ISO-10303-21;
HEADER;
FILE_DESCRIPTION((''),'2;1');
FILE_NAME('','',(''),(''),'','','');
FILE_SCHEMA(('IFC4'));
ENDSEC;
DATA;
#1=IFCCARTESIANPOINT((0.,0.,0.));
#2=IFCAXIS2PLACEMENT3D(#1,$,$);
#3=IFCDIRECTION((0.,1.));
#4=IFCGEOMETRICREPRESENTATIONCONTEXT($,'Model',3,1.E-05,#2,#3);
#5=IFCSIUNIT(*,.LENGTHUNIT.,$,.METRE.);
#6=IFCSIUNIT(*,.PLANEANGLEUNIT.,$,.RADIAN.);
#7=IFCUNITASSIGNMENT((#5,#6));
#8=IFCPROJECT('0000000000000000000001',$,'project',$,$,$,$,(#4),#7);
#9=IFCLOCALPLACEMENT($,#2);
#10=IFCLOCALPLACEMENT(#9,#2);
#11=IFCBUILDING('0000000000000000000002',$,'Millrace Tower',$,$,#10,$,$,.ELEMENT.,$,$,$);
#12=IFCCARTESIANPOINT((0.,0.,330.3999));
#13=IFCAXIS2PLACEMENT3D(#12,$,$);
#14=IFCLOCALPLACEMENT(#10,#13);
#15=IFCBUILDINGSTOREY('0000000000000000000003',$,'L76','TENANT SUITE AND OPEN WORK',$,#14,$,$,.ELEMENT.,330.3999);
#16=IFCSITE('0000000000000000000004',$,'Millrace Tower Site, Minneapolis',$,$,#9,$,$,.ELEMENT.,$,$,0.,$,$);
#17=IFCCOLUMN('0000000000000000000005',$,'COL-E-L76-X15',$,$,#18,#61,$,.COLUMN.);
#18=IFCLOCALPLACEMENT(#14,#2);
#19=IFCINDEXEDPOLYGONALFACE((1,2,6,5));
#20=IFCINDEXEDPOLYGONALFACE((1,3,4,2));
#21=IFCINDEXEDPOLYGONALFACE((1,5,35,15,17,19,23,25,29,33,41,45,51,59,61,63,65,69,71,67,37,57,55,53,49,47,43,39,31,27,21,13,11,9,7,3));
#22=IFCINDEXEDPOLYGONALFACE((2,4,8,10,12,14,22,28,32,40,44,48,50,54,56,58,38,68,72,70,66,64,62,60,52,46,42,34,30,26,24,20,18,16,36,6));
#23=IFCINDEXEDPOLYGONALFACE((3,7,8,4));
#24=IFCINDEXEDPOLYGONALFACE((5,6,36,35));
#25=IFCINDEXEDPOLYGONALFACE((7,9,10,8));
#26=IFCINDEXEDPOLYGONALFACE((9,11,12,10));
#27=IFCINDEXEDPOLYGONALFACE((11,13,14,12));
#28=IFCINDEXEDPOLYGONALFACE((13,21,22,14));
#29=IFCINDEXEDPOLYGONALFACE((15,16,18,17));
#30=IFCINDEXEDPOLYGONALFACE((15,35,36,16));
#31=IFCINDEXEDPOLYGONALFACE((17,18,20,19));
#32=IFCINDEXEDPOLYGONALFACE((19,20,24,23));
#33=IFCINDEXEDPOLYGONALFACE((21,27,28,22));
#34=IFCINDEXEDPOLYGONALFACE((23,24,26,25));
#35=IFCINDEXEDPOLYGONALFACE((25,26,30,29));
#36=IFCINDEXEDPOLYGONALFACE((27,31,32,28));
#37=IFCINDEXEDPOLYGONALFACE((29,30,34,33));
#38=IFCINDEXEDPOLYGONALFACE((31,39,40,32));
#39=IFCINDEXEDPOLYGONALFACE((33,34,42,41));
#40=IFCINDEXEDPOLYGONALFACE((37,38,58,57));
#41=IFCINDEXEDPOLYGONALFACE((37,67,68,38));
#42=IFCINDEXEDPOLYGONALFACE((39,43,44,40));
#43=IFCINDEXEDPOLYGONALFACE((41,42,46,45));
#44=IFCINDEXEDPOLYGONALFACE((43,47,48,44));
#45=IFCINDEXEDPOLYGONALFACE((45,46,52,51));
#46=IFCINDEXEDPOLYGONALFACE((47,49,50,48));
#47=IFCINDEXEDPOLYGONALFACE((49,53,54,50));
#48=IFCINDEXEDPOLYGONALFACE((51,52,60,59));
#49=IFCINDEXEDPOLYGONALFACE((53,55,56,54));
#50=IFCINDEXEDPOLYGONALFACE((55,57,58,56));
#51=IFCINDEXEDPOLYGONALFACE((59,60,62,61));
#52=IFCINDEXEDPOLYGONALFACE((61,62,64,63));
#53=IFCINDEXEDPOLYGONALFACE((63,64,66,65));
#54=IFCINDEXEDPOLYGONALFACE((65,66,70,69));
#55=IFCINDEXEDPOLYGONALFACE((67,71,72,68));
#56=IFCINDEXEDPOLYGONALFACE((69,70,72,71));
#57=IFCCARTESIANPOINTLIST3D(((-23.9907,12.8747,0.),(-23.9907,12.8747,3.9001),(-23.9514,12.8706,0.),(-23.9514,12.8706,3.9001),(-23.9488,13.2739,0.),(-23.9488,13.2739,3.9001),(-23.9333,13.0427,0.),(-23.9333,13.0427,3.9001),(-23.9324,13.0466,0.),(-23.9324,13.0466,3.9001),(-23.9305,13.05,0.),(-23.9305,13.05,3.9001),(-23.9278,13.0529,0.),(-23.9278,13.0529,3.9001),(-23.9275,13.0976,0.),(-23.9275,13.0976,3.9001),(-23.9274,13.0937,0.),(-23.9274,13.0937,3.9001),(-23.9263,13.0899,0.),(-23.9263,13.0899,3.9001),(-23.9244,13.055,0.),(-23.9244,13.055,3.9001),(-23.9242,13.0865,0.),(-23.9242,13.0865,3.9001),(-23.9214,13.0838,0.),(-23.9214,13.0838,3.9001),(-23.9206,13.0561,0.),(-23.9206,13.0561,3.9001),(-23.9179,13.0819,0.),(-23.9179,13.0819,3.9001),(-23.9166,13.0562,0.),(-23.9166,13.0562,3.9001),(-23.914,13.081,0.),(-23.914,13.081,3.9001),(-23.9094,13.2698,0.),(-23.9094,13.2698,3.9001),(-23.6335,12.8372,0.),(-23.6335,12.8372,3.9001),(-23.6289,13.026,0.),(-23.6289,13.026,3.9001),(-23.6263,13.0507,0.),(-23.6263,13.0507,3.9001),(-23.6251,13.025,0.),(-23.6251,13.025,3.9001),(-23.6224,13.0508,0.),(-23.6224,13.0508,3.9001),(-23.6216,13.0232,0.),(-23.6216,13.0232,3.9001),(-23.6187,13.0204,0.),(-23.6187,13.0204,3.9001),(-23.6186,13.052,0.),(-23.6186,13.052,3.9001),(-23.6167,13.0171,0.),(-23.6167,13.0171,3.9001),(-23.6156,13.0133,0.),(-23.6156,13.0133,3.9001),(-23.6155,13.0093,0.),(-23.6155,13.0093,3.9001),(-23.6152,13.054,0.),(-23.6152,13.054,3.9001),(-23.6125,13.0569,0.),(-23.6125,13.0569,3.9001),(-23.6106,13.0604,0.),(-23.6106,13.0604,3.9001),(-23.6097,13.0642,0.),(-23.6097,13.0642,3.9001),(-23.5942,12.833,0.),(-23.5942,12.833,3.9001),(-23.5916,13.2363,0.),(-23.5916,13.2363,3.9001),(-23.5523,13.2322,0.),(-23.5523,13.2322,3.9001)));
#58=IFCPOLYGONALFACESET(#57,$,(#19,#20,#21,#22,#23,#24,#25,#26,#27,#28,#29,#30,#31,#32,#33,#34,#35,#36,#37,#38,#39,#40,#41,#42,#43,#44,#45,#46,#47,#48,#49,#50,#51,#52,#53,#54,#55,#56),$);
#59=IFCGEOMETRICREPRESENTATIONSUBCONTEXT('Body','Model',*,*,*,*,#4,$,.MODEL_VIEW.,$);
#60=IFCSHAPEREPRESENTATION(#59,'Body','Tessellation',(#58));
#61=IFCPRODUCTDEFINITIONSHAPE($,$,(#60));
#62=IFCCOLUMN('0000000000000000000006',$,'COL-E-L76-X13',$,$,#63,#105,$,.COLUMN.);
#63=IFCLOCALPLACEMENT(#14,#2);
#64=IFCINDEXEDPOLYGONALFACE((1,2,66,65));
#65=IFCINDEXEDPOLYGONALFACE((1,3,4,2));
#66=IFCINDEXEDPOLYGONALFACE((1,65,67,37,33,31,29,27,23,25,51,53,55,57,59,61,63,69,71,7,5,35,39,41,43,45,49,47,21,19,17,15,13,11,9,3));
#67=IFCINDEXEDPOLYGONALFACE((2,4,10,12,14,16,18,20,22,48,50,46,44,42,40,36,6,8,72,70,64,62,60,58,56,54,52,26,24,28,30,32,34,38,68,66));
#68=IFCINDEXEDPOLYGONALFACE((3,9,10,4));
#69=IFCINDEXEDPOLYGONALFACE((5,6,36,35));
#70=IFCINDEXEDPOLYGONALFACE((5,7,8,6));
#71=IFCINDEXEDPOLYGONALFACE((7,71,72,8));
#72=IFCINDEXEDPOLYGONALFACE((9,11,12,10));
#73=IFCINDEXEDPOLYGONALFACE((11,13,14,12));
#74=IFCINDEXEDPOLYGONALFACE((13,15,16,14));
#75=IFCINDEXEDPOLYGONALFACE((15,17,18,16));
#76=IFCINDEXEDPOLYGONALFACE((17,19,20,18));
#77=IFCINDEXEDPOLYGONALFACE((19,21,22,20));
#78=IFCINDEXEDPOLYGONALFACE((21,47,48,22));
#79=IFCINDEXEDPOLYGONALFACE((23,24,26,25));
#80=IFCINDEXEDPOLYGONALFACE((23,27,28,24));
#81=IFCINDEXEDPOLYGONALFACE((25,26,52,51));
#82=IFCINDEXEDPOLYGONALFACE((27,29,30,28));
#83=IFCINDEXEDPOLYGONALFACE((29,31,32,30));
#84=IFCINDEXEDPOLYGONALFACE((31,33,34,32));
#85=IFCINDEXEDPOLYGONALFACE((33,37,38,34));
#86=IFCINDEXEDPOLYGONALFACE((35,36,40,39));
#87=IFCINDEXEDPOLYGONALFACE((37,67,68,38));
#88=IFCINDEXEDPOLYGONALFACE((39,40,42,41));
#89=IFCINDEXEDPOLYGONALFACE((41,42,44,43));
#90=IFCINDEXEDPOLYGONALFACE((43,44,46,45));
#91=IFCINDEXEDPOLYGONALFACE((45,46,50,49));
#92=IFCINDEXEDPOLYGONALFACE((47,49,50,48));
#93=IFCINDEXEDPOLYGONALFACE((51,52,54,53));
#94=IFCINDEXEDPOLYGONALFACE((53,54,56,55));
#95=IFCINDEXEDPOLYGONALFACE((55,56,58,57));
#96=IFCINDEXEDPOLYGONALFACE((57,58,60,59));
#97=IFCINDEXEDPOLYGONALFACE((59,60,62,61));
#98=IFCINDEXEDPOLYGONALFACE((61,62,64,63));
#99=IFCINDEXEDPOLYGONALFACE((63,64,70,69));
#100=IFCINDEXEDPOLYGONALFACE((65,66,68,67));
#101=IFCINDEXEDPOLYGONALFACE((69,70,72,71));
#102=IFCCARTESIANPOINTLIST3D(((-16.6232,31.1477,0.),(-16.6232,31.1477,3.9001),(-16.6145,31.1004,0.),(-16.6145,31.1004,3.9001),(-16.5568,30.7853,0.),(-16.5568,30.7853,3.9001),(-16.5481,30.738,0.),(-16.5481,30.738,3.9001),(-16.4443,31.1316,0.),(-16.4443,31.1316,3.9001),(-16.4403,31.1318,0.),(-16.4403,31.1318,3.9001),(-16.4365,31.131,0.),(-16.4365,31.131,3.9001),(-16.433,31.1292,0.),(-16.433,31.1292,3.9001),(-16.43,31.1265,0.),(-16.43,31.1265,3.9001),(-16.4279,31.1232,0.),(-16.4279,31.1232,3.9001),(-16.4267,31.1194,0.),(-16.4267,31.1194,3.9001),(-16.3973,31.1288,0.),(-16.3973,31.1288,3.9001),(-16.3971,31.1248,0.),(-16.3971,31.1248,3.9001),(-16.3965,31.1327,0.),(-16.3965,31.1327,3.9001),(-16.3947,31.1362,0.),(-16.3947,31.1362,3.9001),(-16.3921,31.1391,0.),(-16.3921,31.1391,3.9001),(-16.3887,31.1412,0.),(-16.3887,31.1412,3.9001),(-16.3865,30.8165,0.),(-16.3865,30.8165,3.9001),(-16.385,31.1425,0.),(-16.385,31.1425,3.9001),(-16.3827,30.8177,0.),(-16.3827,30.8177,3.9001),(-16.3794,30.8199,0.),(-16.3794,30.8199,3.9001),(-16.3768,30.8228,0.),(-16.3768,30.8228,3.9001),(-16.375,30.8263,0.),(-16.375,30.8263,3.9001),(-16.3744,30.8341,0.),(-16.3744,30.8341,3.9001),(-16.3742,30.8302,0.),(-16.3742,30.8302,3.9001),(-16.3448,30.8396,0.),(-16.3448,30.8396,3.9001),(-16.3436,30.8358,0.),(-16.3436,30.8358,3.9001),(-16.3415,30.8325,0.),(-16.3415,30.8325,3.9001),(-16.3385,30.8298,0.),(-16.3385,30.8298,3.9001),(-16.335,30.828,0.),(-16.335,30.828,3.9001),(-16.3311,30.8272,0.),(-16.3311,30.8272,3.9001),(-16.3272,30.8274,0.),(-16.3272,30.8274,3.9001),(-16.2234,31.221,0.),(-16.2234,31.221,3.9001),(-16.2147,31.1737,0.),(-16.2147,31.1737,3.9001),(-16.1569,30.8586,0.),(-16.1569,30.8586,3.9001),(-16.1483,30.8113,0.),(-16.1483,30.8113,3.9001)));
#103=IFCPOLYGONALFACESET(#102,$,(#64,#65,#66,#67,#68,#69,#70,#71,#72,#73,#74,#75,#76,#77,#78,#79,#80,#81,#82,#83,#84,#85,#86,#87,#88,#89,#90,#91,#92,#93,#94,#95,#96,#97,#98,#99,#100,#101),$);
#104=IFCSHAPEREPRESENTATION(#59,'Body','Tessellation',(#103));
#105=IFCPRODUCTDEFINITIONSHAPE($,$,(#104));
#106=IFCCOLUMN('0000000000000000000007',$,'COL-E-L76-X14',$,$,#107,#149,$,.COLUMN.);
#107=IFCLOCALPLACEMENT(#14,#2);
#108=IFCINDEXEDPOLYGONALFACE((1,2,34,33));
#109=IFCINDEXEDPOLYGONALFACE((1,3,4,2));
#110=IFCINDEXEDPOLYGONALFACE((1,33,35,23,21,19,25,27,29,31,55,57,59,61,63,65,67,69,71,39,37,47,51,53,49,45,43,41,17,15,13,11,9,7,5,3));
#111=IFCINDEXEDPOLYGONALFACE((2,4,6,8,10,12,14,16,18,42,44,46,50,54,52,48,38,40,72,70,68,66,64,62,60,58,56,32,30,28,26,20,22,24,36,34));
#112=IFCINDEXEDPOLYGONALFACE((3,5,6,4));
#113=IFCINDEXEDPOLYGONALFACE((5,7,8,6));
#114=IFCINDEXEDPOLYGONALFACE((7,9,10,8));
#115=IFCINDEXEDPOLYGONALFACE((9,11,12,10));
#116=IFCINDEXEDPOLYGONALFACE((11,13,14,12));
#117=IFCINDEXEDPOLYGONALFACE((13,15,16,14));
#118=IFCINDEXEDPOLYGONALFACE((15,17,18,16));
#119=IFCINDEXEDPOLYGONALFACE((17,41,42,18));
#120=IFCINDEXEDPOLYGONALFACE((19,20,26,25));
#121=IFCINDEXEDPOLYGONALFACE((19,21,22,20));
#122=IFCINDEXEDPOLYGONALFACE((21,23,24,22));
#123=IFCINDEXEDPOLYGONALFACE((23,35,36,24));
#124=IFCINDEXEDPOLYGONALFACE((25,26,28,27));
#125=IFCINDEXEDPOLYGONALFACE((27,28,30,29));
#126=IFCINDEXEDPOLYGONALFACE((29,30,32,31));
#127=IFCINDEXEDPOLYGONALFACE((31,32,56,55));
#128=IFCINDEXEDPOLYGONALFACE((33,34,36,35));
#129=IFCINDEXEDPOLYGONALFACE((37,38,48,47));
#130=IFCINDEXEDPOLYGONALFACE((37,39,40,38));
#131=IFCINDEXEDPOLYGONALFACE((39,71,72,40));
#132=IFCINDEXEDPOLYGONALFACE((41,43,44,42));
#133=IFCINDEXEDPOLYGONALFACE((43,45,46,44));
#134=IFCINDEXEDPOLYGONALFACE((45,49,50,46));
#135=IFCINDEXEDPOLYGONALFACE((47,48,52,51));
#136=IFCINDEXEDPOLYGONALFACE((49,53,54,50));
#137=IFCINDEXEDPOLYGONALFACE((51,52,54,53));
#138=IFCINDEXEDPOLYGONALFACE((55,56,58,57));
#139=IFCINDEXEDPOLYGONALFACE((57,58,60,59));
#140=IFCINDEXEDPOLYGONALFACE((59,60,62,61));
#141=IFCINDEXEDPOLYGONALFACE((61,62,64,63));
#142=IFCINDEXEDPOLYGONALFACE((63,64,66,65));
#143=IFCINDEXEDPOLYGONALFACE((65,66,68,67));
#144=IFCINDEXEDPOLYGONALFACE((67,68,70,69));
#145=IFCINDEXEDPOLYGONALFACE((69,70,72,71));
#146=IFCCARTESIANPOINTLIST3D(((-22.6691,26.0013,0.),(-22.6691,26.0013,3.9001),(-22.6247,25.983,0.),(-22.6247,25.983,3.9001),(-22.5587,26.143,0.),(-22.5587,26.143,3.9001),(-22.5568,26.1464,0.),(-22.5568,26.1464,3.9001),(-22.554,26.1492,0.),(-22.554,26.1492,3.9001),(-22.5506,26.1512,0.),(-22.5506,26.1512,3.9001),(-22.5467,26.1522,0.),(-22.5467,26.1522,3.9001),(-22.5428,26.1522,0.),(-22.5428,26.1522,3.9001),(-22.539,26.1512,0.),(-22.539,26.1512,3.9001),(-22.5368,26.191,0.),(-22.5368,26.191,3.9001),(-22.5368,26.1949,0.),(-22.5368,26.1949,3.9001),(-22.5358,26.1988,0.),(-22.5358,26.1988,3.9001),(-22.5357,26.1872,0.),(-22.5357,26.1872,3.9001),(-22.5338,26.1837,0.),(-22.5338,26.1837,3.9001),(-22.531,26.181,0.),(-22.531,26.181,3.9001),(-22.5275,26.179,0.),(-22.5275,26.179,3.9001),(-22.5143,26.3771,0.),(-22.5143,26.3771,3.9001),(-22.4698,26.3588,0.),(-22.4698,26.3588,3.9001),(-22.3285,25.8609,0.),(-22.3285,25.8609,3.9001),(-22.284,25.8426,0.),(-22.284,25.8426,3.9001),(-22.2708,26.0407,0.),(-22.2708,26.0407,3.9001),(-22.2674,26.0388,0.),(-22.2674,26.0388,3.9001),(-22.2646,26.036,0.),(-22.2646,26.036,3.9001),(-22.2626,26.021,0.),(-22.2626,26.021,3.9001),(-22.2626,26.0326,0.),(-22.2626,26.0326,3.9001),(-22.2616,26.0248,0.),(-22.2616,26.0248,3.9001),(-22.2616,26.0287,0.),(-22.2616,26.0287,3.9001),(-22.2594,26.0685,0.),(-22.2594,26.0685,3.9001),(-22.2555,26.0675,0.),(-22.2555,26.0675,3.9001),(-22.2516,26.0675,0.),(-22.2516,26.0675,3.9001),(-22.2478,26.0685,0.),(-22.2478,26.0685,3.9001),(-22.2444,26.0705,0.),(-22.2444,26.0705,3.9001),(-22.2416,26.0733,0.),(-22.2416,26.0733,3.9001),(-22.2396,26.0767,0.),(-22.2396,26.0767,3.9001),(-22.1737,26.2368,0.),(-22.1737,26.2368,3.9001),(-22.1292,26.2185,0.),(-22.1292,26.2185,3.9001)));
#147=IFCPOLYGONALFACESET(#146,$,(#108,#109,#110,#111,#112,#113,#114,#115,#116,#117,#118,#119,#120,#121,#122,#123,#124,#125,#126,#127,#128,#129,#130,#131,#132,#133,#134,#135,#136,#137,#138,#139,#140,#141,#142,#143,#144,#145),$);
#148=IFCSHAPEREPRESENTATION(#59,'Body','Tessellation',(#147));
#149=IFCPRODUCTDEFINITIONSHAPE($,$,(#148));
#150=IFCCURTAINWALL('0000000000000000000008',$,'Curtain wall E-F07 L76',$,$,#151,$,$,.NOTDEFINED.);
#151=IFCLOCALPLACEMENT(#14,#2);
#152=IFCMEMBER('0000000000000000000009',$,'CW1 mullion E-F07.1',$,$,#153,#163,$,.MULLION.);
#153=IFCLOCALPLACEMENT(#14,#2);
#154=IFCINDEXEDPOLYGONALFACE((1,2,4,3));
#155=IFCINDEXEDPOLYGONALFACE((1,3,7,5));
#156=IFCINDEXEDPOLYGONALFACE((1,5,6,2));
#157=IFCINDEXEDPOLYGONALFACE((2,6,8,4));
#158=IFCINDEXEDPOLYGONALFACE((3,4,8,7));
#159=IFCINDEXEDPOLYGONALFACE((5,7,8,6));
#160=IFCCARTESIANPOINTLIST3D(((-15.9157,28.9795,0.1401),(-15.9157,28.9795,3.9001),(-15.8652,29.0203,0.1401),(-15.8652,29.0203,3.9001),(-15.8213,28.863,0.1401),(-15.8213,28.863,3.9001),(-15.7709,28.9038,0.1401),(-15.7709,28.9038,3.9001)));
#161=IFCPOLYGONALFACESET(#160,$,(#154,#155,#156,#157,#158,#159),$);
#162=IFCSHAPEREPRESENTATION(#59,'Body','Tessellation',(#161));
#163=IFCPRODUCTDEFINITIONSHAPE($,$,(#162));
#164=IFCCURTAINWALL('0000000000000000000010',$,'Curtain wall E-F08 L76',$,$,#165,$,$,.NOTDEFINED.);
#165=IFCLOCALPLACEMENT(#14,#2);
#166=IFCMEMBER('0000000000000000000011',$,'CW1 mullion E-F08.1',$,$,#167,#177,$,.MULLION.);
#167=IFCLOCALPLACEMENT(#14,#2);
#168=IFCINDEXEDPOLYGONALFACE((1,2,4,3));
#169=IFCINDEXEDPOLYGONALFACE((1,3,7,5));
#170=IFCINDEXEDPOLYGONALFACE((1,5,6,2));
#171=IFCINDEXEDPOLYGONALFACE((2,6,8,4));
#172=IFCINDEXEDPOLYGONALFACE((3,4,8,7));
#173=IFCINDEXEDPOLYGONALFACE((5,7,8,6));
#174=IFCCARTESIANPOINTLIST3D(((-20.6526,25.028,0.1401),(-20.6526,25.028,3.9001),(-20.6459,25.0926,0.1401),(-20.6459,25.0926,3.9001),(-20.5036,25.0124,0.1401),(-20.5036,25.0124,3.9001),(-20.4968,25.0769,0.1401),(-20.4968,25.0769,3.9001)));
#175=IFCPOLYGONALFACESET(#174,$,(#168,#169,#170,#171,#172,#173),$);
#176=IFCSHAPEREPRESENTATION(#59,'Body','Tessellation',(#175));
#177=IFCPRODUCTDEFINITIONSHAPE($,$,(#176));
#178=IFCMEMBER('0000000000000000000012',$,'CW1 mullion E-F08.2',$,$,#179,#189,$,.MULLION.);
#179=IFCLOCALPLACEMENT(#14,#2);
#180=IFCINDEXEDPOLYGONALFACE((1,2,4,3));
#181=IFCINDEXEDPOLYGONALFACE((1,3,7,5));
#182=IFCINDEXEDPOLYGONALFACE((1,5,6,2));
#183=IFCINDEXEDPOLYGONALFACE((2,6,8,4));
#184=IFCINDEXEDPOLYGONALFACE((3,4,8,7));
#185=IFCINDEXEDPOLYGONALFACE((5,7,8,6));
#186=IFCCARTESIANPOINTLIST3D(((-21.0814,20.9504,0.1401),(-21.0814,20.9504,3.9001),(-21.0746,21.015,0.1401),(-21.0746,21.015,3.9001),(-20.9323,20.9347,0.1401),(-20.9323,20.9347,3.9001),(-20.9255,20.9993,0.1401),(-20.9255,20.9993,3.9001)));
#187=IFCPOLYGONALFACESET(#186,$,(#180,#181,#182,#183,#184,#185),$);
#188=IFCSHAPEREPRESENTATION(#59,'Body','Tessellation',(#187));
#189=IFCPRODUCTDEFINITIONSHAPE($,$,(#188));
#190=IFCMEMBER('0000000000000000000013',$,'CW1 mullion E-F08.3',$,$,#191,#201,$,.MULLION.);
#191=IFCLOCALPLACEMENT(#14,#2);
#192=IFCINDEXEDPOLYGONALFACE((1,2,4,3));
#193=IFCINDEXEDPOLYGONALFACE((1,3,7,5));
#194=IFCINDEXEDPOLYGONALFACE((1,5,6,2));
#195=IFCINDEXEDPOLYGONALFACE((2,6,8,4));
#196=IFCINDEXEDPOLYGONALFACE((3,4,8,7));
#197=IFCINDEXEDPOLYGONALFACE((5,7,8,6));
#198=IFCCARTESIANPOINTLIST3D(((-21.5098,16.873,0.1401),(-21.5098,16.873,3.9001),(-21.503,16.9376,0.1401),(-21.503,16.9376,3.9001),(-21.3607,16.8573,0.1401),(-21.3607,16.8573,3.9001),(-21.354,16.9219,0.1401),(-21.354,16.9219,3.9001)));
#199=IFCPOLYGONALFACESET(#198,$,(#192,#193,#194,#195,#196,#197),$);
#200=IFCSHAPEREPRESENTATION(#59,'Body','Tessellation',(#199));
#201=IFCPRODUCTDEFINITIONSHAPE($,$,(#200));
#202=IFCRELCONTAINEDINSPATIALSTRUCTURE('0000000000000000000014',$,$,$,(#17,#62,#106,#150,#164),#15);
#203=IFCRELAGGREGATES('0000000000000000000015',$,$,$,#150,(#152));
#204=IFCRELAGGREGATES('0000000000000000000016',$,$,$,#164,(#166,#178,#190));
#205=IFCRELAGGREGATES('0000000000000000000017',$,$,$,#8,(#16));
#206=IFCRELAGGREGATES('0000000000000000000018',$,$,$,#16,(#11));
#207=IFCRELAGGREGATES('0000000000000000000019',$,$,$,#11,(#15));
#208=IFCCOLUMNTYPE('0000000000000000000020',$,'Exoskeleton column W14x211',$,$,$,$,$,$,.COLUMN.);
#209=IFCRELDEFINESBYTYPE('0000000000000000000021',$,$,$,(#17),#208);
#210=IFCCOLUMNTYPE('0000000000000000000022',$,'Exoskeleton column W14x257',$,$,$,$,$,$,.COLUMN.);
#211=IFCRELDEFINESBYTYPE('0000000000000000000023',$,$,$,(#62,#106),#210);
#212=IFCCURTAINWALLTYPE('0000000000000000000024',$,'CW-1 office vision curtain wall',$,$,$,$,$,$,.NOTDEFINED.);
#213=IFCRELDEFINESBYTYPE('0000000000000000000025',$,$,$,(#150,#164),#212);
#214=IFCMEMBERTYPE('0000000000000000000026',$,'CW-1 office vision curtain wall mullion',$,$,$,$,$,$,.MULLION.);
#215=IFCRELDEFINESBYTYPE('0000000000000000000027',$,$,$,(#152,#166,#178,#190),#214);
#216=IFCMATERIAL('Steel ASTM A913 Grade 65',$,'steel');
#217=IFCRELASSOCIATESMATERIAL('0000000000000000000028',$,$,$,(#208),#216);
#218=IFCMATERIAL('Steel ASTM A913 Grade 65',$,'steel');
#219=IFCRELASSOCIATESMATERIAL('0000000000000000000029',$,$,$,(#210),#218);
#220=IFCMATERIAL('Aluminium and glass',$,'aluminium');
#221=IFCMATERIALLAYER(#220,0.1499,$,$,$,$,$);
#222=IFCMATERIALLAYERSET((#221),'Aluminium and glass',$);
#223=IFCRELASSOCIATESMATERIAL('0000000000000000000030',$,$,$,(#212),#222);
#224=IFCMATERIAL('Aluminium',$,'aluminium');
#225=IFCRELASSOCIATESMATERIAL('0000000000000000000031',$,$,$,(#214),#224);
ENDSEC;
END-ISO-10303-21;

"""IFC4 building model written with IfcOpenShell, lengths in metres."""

from ifc_helpers import new_model, si_unit, direction, frame, origin, origin_2d, place, context, subcontext, project, spatial, rectangle, i_section, extrude, material, layer, layer_set, material_profile, profile_set, type_object, element, aggregate, save


model = new_model("IFC4")

# Units and contexts
model_context = context("Model", 3, precision=1e-05, world=origin(), true_north=direction((0.0, 1.0)))
body_context = subcontext(model_context, "Body", "Model", "MODEL_VIEW")
ifc_project = project(units=[si_unit("LENGTHUNIT", "METRE"), si_unit("PLANEANGLEUNIT", "RADIAN")], contexts=[model_context])

# Site, building, storey
site_placement = place(None, origin())
site = spatial("IfcSite", under=ifc_project, at=site_placement, Name="Millrace Tower Site, Minneapolis", CompositionType="ELEMENT", RefElevation=0.0)
building_placement = place(site_placement, origin())
building = spatial("IfcBuilding", under=site, at=building_placement, Name="Millrace Tower", CompositionType="ELEMENT")
storey_placement = place(building_placement, frame((0.0, 0.0, 330.3999)))
storey = spatial("IfcBuildingStorey", under=building, at=storey_placement, Name="L76", Description="TENANT SUITE AND OPEN WORK", CompositionType="ELEMENT", Elevation=330.3999)

# Columns
ifc_material_1 = material(Name="Steel ASTM A913 Grade 65", Category="steel")
ifc_material_profile_1 = material_profile(ifc_material_1, i_section(OverallWidth=0.4014, OverallDepth=0.3987, WebThickness=0.0249, FlangeThickness=0.0396, FilletRadius=0.0151, at=origin_2d()))
ifc_profile_set_1 = profile_set([ifc_material_profile_1], Name="Steel ASTM A913 Grade 65")
column_type_1 = type_object("IfcColumnType", Name="Exoskeleton column W14x211", PredefinedType="COLUMN", material=ifc_profile_set_1)
column_placement = place(storey_placement, frame((-23.7715, 13.0535, 0.0), z_axis=(0.0, 0.0, 1.0), x_axis=(-0.104528, -0.994522, 0.0)))
element("IfcColumn", 1, at=column_placement, inside=storey, type_object=column_type_1, Name="COL-E-L76-X15", PredefinedType="COLUMN", context=body_context, shape_type="SweptSolid", body=[
    extrude(i_section(OverallWidth=0.4014, OverallDepth=0.3987, WebThickness=0.0249, FlangeThickness=0.0396, FilletRadius=0.0151, at=origin_2d()), origin(), (0.0, 0.0, 1.0), 3.9001),
])
ifc_material_2 = material(Name="Steel ASTM A913 Grade 65", Category="steel")
ifc_material_profile_2 = material_profile(ifc_material_2, i_section(OverallWidth=0.4065, OverallDepth=0.4165, WebThickness=0.03, FlangeThickness=0.0481, FilletRadius=0.0151, at=origin_2d()))
ifc_profile_set_2 = profile_set([ifc_material_profile_2], Name="Steel ASTM A913 Grade 65")
column_type_2 = type_object("IfcColumnType", Name="Exoskeleton column W14x257", PredefinedType="COLUMN", material=ifc_profile_set_2)
for number, where, z_axis, x_axis, name in (
    (2, (-16.3857, 30.9795, 0.0), (0.0, 0.0, 1.0), (-0.983596, -0.180387, 0.0), "COL-E-L76-X13"),
    (3, (-22.3992, 26.1099, 0.0), (0.0, 0.0, 1.0), (-0.380947, -0.924597, 0.0), "COL-E-L76-X14"),
):
    element("IfcColumn", number, at=place(storey_placement, frame(where, z_axis=z_axis, x_axis=x_axis)), inside=storey, type_object=column_type_2, Name=name, PredefinedType="COLUMN", context=body_context, shape_type="SweptSolid", body=[
        extrude(i_section(OverallWidth=0.4065, OverallDepth=0.4165, WebThickness=0.03, FlangeThickness=0.0481, FilletRadius=0.0151, at=origin_2d()), origin(), (0.0, 0.0, 1.0), 3.9001),
    ])

# Curtain wall, member
ifc_material_3 = material(Name="Aluminium and glass", Category="aluminium")
ifc_layer_1 = layer(ifc_material_3, 0.1499)
ifc_layer_set_1 = layer_set([ifc_layer_1], Name="Aluminium and glass")
curtain_wall_type = type_object("IfcCurtainWallType", Name="CW-1 office vision curtain wall", PredefinedType="NOTDEFINED", material=ifc_layer_set_1)
placement = place(storey_placement, origin())
curtain_wall_1 = element("IfcCurtainWall", 4, at=placement, inside=storey, type_object=curtain_wall_type, Name="Curtain wall E-F07 L76", PredefinedType="NOTDEFINED")
ifc_material_4 = material(Name="Aluminium", Category="aluminium")
ifc_material_profile_3 = material_profile(ifc_material_4, rectangle(XDim=0.0649, YDim=0.1499, at=origin_2d()))
ifc_profile_set_3 = profile_set([ifc_material_profile_3], Name="Aluminium")
member_type_1 = type_object("IfcMemberType", Name="CW-1 office vision curtain wall mullion", PredefinedType="MULLION", material=ifc_profile_set_3)
member_1_placement = place(storey_placement, frame((-15.8433, 28.9417, 0.1401), z_axis=(0.0, 0.0, 1.0), x_axis=(-0.777146, -0.62932, 0.0)))
member_1 = element("IfcMember", 5, at=member_1_placement, type_object=member_type_1, Name="CW1 mullion E-F07.1", PredefinedType="MULLION", context=body_context, shape_type="SweptSolid", body=[
    extrude(rectangle(XDim=0.0649, YDim=0.1499, at=origin_2d()), origin(), (0.0, 0.0, 1.0), 3.76),
])

# Curtain wall, members
curtain_wall_2 = element("IfcCurtainWall", 6, at=placement, inside=storey, type_object=curtain_wall_type, Name="Curtain wall E-F08 L76", PredefinedType="NOTDEFINED")
member_2_placement = place(storey_placement, frame((-20.5747, 25.0525, 0.1401), z_axis=(0.0, 0.0, 1.0), x_axis=(-0.104528, -0.994522, 0.0)))
member_2 = element("IfcMember", 7, at=member_2_placement, type_object=member_type_1, Name="CW1 mullion E-F08.1", PredefinedType="MULLION", context=body_context, shape_type="SweptSolid", body=[
    extrude(rectangle(XDim=0.0649, YDim=0.1499, at=origin_2d()), origin(), (0.0, 0.0, 1.0), 3.76),
])
member_3_placement = place(storey_placement, frame((-21.0034, 20.9749, 0.1401), z_axis=(0.0, 0.0, 1.0), x_axis=(-0.104528, -0.994522, 0.0)))
member_3 = element("IfcMember", 8, at=member_3_placement, type_object=member_type_1, Name="CW1 mullion E-F08.2", PredefinedType="MULLION", context=body_context, shape_type="SweptSolid", body=[
    extrude(rectangle(XDim=0.0649, YDim=0.1499, at=origin_2d()), origin(), (0.0, 0.0, 1.0), 3.76),
])
member_4_placement = place(storey_placement, frame((-21.4319, 16.8975, 0.1401), z_axis=(0.0, 0.0, 1.0), x_axis=(-0.104528, -0.994522, 0.0)))
member_4 = element("IfcMember", 9, at=member_4_placement, type_object=member_type_1, Name="CW1 mullion E-F08.3", PredefinedType="MULLION", context=body_context, shape_type="SweptSolid", body=[
    extrude(rectangle(XDim=0.0649, YDim=0.1499, at=origin_2d()), origin(), (0.0, 0.0, 1.0), 3.76),
])

aggregate(curtain_wall_1, [member_1])
aggregate(curtain_wall_2, [member_2, member_3, member_4])

save(model, "model.ifc")
